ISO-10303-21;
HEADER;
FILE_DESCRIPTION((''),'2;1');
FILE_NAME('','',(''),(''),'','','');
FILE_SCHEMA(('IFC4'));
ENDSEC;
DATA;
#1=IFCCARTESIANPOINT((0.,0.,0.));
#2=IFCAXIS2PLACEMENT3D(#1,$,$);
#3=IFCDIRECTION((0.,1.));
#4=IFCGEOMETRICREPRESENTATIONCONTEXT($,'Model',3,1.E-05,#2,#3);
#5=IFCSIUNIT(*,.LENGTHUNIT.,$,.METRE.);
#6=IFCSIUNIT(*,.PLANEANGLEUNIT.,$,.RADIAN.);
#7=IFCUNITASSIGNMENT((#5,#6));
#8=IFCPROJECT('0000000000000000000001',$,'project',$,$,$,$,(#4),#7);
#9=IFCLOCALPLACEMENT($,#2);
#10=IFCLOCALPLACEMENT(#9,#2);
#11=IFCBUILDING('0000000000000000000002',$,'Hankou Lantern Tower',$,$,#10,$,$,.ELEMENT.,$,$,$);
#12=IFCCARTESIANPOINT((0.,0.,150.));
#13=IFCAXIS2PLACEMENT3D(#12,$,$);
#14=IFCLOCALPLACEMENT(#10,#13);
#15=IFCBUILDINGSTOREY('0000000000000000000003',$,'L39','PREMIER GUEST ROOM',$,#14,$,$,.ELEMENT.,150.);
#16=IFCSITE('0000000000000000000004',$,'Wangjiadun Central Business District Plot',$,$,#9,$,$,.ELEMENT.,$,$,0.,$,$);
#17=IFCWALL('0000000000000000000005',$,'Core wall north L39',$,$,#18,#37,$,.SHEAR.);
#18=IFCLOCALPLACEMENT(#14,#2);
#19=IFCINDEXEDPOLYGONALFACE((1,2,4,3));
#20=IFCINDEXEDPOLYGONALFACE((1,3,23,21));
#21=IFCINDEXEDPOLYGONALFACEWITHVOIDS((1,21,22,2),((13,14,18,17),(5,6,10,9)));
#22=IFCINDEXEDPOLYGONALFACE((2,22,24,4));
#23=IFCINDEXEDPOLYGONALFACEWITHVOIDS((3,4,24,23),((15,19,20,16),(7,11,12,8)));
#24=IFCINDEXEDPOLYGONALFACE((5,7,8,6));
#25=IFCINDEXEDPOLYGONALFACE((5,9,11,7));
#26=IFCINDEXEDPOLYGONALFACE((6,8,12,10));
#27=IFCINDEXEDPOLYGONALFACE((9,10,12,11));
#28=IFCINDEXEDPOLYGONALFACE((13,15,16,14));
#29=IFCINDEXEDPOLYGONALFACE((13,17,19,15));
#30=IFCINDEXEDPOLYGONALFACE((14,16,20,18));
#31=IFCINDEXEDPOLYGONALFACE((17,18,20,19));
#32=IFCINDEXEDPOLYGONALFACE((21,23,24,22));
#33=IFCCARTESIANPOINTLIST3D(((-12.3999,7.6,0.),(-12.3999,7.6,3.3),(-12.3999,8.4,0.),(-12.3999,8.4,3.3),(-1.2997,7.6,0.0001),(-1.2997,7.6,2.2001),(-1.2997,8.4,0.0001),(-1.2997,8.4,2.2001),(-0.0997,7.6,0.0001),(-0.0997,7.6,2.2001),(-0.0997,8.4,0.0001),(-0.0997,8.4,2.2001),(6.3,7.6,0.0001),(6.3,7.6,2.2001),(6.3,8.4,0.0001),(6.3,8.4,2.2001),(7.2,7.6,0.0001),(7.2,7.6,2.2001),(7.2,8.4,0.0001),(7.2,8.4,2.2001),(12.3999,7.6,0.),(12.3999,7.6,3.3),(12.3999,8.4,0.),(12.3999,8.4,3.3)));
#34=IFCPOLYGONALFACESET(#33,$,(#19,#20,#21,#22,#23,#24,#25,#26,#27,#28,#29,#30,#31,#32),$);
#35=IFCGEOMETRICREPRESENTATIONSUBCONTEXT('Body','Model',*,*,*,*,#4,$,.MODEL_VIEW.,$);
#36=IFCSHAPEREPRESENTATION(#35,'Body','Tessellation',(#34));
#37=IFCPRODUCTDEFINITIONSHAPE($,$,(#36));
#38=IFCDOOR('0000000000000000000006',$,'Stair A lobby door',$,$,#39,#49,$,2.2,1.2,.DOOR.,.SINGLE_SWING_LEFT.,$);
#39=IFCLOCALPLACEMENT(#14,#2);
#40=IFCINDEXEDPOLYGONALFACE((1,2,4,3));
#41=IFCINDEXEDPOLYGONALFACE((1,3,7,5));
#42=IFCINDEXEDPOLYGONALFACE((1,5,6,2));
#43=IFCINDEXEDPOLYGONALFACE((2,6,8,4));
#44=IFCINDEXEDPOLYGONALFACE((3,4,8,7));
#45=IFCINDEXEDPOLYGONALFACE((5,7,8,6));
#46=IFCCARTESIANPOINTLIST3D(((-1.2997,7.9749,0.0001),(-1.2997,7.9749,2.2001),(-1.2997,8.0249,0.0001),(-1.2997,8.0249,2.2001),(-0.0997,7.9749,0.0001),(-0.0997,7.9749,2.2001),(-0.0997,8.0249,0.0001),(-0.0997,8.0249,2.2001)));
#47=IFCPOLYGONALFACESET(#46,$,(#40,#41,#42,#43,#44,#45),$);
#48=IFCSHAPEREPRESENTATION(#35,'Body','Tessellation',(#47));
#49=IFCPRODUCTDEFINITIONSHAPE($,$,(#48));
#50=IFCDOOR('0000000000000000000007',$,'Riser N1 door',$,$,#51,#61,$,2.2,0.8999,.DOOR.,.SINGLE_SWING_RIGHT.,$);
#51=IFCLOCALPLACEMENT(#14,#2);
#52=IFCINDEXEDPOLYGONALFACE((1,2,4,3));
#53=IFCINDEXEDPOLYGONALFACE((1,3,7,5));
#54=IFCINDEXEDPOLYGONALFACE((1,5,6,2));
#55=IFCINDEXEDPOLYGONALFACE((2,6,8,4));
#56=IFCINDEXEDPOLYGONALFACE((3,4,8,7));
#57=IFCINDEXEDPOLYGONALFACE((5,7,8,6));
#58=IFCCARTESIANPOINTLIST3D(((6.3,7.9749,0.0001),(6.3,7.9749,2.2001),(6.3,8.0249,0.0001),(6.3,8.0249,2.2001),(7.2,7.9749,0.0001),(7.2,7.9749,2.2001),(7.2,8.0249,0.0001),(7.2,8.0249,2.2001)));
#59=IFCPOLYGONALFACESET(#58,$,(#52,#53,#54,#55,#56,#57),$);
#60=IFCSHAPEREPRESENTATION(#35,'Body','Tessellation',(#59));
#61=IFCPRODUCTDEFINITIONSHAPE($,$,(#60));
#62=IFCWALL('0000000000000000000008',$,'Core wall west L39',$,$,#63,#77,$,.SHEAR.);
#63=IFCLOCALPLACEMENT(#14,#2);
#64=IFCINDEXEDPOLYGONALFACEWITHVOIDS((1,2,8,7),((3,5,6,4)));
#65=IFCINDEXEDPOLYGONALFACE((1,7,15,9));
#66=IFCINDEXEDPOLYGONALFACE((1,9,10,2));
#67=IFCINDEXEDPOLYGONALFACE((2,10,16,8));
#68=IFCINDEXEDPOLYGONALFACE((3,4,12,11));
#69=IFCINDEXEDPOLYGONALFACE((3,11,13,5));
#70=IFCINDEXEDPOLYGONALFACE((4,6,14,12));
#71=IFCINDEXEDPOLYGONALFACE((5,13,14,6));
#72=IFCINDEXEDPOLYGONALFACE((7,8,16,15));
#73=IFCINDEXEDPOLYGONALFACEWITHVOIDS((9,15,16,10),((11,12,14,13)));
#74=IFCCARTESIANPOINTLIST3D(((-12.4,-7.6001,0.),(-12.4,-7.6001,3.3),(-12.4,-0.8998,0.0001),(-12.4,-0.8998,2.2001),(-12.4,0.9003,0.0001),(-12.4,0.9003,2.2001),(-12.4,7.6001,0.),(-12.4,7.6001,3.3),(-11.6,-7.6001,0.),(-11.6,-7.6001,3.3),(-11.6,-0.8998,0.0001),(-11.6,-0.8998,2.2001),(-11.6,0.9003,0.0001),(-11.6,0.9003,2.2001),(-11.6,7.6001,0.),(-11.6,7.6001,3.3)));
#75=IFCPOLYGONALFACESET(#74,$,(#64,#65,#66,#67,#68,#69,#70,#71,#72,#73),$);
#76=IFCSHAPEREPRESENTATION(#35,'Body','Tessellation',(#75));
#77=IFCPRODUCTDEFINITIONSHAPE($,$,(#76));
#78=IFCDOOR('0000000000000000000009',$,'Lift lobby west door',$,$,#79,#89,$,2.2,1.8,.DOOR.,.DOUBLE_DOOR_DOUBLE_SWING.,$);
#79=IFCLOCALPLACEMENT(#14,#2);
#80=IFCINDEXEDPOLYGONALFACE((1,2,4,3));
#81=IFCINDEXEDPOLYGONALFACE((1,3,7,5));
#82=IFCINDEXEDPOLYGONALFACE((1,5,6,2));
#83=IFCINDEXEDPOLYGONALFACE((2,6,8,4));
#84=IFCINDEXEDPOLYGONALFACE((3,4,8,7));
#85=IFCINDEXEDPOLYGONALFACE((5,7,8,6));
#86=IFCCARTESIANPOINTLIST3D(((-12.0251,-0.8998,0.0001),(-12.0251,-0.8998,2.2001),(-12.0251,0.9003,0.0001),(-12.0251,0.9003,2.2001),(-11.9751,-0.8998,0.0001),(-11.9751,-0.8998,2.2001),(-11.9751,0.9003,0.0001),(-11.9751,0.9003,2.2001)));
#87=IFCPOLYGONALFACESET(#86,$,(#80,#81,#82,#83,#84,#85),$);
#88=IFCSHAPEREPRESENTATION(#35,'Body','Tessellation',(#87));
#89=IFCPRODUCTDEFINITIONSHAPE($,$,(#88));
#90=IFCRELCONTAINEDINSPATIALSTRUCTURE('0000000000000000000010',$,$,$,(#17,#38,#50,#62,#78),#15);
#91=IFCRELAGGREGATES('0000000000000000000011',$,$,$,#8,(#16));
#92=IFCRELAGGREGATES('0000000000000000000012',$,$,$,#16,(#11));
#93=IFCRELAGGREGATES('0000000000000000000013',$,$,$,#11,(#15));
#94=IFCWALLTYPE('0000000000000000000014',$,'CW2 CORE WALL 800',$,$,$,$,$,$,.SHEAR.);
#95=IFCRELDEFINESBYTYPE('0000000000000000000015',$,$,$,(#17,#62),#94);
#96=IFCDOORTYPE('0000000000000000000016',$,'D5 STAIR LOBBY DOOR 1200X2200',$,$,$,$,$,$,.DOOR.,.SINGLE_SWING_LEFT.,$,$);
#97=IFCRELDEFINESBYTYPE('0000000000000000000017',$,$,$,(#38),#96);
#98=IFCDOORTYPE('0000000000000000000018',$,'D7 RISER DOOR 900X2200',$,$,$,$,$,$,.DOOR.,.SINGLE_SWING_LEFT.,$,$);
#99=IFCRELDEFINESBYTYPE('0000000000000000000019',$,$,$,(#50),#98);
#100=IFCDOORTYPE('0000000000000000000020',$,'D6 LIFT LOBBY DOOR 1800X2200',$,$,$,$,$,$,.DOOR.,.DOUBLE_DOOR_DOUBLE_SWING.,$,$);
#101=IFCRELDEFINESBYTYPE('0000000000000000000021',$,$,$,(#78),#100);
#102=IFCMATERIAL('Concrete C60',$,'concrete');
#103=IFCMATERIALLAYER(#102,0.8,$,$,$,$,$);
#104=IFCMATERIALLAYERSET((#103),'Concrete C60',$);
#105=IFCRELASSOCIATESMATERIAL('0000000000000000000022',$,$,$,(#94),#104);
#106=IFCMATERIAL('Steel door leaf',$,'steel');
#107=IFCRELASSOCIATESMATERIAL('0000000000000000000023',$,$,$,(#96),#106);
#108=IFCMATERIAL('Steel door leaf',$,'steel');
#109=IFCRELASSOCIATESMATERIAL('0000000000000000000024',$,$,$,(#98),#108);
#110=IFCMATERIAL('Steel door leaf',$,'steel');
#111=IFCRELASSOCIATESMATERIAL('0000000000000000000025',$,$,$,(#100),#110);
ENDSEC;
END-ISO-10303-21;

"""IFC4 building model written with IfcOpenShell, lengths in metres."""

from ifc_helpers import new_model, si_unit, direction, frame, frame_2d, origin, place, context, subcontext, project, spatial, rectangle, extrude, material, layer, layer_set, type_object, element, fill, save


model = new_model("IFC4")

# Units and contexts
model_context = context("Model", 3, precision=1e-05, world=origin(), true_north=direction((0.0, 1.0)))
body_context = subcontext(model_context, "Body", "Model", "MODEL_VIEW")
ifc_project = project(units=[si_unit("LENGTHUNIT", "METRE"), si_unit("PLANEANGLEUNIT", "RADIAN")], contexts=[model_context])

# Site, building, storey
site_placement = place(None, origin())
site = spatial("IfcSite", under=ifc_project, at=site_placement, Name="Wangjiadun Central Business District Plot", CompositionType="ELEMENT", RefElevation=0.0)
building_placement = place(site_placement, origin())
building = spatial("IfcBuilding", under=site, at=building_placement, Name="Hankou Lantern Tower", CompositionType="ELEMENT")
storey_placement = place(building_placement, frame((0.0, 0.0, 150.0)))
storey = spatial("IfcBuildingStorey", under=building, at=storey_placement, Name="L39", Description="PREMIER GUEST ROOM", CompositionType="ELEMENT", Elevation=150.0)

# Wall, openings, doors
ifc_material_1 = material(Name="Concrete C60", Category="concrete")
ifc_layer_1 = layer(ifc_material_1, 0.8)
ifc_layer_set_1 = layer_set([ifc_layer_1], Name="Concrete C60")
wall_type_1 = type_object("IfcWallType", Name="CW2 CORE WALL 800", PredefinedType="SHEAR", material=ifc_layer_set_1)
wall_1_placement = place(storey_placement, frame((-12.3999, 8.0, 0.0), z_axis=(0.0, 0.0, 1.0), x_axis=(1.0, 0.0, 0.0)))
wall_1 = element("IfcWall", 1, at=wall_1_placement, inside=storey, type_object=wall_type_1, Name="Core wall north L39", PredefinedType="SHEAR", context=body_context, shape_type="SweptSolid", body=[
    extrude(rectangle(XDim=24.7998, YDim=0.8, at=frame_2d((12.3999, 0.0))), origin(), (0.0, 0.0, 1.0), 3.3),
])
opening_1_placement = place(wall_1_placement, frame((11.1001, 0.0, 0.0)))
opening_1 = element("IfcOpeningElement", 2, at=opening_1_placement, cuts=wall_1, PredefinedType="OPENING", context=body_context, shape_type="SweptSolid", body=[
    extrude(rectangle(XDim=1.2, YDim=2.2, at=frame_2d((0.6001, 1.1001))), frame((0.0, 0.4099, 0.0), z_axis=(0.0, -1.0, 0.0), x_axis=(1.0, 0.0, 0.0)), (0.0, 0.0, 1.0), 0.8201),
])
opening_2_placement = place(wall_1_placement, frame((18.7, 0.0, 0.0)))
opening_2 = element("IfcOpeningElement", 3, at=opening_2_placement, cuts=wall_1, PredefinedType="OPENING", context=body_context, shape_type="SweptSolid", body=[
    extrude(rectangle(XDim=0.8999, YDim=2.2, at=frame_2d((0.45, 1.1001))), frame((0.0, 0.4099, 0.0), z_axis=(0.0, -1.0, 0.0), x_axis=(1.0, 0.0, 0.0)), (0.0, 0.0, 1.0), 0.8201),
])
ifc_material_2 = material(Name="Steel door leaf", Category="steel")
door_type_1 = type_object("IfcDoorType", Name="D5 STAIR LOBBY DOOR 1200X2200", OperationType="SINGLE_SWING_LEFT", PredefinedType="DOOR", material=ifc_material_2)
door_1_placement = place(opening_1_placement, origin())
door_1 = element("IfcDoor", 4, at=door_1_placement, inside=storey, type_object=door_type_1, Name="Stair A lobby door", OperationType="SINGLE_SWING_LEFT", OverallHeight=2.2, OverallWidth=1.2, PredefinedType="DOOR", context=body_context, shape_type="SweptSolid", body=[
    extrude(rectangle(XDim=1.2, YDim=2.2, at=frame_2d((0.6001, 1.1001))), frame((0.0, 0.0249, 0.0), z_axis=(0.0, -1.0, 0.0), x_axis=(1.0, 0.0, 0.0)), (0.0, 0.0, 1.0), 0.05),
])
fill(opening_1, door_1)
ifc_material_3 = material(Name="Steel door leaf", Category="steel")
door_type_2 = type_object("IfcDoorType", Name="D7 RISER DOOR 900X2200", OperationType="SINGLE_SWING_LEFT", PredefinedType="DOOR", material=ifc_material_3)
door_2_placement = place(opening_2_placement, origin())
door_2 = element("IfcDoor", 5, at=door_2_placement, inside=storey, type_object=door_type_2, Name="Riser N1 door", OperationType="SINGLE_SWING_RIGHT", OverallHeight=2.2, OverallWidth=0.8999, PredefinedType="DOOR", context=body_context, shape_type="SweptSolid", body=[
    extrude(rectangle(XDim=0.8999, YDim=2.2, at=frame_2d((0.45, 1.1001))), frame((0.0, 0.0249, 0.0), z_axis=(0.0, -1.0, 0.0), x_axis=(1.0, 0.0, 0.0)), (0.0, 0.0, 1.0), 0.05),
])
fill(opening_2, door_2)

# Wall, opening, door
wall_2_placement = place(storey_placement, frame((-12.0, 7.6001, 0.0), z_axis=(0.0, 0.0, 1.0), x_axis=(0.0, -1.0, 0.0)))
wall_2 = element("IfcWall", 6, at=wall_2_placement, inside=storey, type_object=wall_type_1, Name="Core wall west L39", PredefinedType="SHEAR", context=body_context, shape_type="SweptSolid", body=[
    extrude(rectangle(XDim=15.2002, YDim=0.8, at=frame_2d((7.6001, 0.0))), origin(), (0.0, 0.0, 1.0), 3.3),
])
opening_3_placement = place(wall_2_placement, frame((6.7, 0.0, 0.0)))
opening_3 = element("IfcOpeningElement", 7, at=opening_3_placement, cuts=wall_2, PredefinedType="OPENING", context=body_context, shape_type="SweptSolid", body=[
    extrude(rectangle(XDim=1.8, YDim=2.2, at=frame_2d((0.8999, 1.1001))), frame((0.0, 0.4099, 0.0), z_axis=(0.0, -1.0, 0.0), x_axis=(1.0, 0.0, 0.0)), (0.0, 0.0, 1.0), 0.8201),
])
ifc_material_4 = material(Name="Steel door leaf", Category="steel")
door_type_3 = type_object("IfcDoorType", Name="D6 LIFT LOBBY DOOR 1800X2200", OperationType="DOUBLE_DOOR_DOUBLE_SWING", PredefinedType="DOOR", material=ifc_material_4)
door_3_placement = place(opening_3_placement, origin())
door_3 = element("IfcDoor", 8, at=door_3_placement, inside=storey, type_object=door_type_3, Name="Lift lobby west door", OperationType="DOUBLE_DOOR_DOUBLE_SWING", OverallHeight=2.2, OverallWidth=1.8, PredefinedType="DOOR", context=body_context, shape_type="SweptSolid", body=[
    extrude(rectangle(XDim=1.8, YDim=2.2, at=frame_2d((0.8999, 1.1001))), frame((0.0, 0.0249, 0.0), z_axis=(0.0, -1.0, 0.0), x_axis=(1.0, 0.0, 0.0)), (0.0, 0.0, 1.0), 0.05),
])
fill(opening_3, door_3)

save(model, "model.ifc")
